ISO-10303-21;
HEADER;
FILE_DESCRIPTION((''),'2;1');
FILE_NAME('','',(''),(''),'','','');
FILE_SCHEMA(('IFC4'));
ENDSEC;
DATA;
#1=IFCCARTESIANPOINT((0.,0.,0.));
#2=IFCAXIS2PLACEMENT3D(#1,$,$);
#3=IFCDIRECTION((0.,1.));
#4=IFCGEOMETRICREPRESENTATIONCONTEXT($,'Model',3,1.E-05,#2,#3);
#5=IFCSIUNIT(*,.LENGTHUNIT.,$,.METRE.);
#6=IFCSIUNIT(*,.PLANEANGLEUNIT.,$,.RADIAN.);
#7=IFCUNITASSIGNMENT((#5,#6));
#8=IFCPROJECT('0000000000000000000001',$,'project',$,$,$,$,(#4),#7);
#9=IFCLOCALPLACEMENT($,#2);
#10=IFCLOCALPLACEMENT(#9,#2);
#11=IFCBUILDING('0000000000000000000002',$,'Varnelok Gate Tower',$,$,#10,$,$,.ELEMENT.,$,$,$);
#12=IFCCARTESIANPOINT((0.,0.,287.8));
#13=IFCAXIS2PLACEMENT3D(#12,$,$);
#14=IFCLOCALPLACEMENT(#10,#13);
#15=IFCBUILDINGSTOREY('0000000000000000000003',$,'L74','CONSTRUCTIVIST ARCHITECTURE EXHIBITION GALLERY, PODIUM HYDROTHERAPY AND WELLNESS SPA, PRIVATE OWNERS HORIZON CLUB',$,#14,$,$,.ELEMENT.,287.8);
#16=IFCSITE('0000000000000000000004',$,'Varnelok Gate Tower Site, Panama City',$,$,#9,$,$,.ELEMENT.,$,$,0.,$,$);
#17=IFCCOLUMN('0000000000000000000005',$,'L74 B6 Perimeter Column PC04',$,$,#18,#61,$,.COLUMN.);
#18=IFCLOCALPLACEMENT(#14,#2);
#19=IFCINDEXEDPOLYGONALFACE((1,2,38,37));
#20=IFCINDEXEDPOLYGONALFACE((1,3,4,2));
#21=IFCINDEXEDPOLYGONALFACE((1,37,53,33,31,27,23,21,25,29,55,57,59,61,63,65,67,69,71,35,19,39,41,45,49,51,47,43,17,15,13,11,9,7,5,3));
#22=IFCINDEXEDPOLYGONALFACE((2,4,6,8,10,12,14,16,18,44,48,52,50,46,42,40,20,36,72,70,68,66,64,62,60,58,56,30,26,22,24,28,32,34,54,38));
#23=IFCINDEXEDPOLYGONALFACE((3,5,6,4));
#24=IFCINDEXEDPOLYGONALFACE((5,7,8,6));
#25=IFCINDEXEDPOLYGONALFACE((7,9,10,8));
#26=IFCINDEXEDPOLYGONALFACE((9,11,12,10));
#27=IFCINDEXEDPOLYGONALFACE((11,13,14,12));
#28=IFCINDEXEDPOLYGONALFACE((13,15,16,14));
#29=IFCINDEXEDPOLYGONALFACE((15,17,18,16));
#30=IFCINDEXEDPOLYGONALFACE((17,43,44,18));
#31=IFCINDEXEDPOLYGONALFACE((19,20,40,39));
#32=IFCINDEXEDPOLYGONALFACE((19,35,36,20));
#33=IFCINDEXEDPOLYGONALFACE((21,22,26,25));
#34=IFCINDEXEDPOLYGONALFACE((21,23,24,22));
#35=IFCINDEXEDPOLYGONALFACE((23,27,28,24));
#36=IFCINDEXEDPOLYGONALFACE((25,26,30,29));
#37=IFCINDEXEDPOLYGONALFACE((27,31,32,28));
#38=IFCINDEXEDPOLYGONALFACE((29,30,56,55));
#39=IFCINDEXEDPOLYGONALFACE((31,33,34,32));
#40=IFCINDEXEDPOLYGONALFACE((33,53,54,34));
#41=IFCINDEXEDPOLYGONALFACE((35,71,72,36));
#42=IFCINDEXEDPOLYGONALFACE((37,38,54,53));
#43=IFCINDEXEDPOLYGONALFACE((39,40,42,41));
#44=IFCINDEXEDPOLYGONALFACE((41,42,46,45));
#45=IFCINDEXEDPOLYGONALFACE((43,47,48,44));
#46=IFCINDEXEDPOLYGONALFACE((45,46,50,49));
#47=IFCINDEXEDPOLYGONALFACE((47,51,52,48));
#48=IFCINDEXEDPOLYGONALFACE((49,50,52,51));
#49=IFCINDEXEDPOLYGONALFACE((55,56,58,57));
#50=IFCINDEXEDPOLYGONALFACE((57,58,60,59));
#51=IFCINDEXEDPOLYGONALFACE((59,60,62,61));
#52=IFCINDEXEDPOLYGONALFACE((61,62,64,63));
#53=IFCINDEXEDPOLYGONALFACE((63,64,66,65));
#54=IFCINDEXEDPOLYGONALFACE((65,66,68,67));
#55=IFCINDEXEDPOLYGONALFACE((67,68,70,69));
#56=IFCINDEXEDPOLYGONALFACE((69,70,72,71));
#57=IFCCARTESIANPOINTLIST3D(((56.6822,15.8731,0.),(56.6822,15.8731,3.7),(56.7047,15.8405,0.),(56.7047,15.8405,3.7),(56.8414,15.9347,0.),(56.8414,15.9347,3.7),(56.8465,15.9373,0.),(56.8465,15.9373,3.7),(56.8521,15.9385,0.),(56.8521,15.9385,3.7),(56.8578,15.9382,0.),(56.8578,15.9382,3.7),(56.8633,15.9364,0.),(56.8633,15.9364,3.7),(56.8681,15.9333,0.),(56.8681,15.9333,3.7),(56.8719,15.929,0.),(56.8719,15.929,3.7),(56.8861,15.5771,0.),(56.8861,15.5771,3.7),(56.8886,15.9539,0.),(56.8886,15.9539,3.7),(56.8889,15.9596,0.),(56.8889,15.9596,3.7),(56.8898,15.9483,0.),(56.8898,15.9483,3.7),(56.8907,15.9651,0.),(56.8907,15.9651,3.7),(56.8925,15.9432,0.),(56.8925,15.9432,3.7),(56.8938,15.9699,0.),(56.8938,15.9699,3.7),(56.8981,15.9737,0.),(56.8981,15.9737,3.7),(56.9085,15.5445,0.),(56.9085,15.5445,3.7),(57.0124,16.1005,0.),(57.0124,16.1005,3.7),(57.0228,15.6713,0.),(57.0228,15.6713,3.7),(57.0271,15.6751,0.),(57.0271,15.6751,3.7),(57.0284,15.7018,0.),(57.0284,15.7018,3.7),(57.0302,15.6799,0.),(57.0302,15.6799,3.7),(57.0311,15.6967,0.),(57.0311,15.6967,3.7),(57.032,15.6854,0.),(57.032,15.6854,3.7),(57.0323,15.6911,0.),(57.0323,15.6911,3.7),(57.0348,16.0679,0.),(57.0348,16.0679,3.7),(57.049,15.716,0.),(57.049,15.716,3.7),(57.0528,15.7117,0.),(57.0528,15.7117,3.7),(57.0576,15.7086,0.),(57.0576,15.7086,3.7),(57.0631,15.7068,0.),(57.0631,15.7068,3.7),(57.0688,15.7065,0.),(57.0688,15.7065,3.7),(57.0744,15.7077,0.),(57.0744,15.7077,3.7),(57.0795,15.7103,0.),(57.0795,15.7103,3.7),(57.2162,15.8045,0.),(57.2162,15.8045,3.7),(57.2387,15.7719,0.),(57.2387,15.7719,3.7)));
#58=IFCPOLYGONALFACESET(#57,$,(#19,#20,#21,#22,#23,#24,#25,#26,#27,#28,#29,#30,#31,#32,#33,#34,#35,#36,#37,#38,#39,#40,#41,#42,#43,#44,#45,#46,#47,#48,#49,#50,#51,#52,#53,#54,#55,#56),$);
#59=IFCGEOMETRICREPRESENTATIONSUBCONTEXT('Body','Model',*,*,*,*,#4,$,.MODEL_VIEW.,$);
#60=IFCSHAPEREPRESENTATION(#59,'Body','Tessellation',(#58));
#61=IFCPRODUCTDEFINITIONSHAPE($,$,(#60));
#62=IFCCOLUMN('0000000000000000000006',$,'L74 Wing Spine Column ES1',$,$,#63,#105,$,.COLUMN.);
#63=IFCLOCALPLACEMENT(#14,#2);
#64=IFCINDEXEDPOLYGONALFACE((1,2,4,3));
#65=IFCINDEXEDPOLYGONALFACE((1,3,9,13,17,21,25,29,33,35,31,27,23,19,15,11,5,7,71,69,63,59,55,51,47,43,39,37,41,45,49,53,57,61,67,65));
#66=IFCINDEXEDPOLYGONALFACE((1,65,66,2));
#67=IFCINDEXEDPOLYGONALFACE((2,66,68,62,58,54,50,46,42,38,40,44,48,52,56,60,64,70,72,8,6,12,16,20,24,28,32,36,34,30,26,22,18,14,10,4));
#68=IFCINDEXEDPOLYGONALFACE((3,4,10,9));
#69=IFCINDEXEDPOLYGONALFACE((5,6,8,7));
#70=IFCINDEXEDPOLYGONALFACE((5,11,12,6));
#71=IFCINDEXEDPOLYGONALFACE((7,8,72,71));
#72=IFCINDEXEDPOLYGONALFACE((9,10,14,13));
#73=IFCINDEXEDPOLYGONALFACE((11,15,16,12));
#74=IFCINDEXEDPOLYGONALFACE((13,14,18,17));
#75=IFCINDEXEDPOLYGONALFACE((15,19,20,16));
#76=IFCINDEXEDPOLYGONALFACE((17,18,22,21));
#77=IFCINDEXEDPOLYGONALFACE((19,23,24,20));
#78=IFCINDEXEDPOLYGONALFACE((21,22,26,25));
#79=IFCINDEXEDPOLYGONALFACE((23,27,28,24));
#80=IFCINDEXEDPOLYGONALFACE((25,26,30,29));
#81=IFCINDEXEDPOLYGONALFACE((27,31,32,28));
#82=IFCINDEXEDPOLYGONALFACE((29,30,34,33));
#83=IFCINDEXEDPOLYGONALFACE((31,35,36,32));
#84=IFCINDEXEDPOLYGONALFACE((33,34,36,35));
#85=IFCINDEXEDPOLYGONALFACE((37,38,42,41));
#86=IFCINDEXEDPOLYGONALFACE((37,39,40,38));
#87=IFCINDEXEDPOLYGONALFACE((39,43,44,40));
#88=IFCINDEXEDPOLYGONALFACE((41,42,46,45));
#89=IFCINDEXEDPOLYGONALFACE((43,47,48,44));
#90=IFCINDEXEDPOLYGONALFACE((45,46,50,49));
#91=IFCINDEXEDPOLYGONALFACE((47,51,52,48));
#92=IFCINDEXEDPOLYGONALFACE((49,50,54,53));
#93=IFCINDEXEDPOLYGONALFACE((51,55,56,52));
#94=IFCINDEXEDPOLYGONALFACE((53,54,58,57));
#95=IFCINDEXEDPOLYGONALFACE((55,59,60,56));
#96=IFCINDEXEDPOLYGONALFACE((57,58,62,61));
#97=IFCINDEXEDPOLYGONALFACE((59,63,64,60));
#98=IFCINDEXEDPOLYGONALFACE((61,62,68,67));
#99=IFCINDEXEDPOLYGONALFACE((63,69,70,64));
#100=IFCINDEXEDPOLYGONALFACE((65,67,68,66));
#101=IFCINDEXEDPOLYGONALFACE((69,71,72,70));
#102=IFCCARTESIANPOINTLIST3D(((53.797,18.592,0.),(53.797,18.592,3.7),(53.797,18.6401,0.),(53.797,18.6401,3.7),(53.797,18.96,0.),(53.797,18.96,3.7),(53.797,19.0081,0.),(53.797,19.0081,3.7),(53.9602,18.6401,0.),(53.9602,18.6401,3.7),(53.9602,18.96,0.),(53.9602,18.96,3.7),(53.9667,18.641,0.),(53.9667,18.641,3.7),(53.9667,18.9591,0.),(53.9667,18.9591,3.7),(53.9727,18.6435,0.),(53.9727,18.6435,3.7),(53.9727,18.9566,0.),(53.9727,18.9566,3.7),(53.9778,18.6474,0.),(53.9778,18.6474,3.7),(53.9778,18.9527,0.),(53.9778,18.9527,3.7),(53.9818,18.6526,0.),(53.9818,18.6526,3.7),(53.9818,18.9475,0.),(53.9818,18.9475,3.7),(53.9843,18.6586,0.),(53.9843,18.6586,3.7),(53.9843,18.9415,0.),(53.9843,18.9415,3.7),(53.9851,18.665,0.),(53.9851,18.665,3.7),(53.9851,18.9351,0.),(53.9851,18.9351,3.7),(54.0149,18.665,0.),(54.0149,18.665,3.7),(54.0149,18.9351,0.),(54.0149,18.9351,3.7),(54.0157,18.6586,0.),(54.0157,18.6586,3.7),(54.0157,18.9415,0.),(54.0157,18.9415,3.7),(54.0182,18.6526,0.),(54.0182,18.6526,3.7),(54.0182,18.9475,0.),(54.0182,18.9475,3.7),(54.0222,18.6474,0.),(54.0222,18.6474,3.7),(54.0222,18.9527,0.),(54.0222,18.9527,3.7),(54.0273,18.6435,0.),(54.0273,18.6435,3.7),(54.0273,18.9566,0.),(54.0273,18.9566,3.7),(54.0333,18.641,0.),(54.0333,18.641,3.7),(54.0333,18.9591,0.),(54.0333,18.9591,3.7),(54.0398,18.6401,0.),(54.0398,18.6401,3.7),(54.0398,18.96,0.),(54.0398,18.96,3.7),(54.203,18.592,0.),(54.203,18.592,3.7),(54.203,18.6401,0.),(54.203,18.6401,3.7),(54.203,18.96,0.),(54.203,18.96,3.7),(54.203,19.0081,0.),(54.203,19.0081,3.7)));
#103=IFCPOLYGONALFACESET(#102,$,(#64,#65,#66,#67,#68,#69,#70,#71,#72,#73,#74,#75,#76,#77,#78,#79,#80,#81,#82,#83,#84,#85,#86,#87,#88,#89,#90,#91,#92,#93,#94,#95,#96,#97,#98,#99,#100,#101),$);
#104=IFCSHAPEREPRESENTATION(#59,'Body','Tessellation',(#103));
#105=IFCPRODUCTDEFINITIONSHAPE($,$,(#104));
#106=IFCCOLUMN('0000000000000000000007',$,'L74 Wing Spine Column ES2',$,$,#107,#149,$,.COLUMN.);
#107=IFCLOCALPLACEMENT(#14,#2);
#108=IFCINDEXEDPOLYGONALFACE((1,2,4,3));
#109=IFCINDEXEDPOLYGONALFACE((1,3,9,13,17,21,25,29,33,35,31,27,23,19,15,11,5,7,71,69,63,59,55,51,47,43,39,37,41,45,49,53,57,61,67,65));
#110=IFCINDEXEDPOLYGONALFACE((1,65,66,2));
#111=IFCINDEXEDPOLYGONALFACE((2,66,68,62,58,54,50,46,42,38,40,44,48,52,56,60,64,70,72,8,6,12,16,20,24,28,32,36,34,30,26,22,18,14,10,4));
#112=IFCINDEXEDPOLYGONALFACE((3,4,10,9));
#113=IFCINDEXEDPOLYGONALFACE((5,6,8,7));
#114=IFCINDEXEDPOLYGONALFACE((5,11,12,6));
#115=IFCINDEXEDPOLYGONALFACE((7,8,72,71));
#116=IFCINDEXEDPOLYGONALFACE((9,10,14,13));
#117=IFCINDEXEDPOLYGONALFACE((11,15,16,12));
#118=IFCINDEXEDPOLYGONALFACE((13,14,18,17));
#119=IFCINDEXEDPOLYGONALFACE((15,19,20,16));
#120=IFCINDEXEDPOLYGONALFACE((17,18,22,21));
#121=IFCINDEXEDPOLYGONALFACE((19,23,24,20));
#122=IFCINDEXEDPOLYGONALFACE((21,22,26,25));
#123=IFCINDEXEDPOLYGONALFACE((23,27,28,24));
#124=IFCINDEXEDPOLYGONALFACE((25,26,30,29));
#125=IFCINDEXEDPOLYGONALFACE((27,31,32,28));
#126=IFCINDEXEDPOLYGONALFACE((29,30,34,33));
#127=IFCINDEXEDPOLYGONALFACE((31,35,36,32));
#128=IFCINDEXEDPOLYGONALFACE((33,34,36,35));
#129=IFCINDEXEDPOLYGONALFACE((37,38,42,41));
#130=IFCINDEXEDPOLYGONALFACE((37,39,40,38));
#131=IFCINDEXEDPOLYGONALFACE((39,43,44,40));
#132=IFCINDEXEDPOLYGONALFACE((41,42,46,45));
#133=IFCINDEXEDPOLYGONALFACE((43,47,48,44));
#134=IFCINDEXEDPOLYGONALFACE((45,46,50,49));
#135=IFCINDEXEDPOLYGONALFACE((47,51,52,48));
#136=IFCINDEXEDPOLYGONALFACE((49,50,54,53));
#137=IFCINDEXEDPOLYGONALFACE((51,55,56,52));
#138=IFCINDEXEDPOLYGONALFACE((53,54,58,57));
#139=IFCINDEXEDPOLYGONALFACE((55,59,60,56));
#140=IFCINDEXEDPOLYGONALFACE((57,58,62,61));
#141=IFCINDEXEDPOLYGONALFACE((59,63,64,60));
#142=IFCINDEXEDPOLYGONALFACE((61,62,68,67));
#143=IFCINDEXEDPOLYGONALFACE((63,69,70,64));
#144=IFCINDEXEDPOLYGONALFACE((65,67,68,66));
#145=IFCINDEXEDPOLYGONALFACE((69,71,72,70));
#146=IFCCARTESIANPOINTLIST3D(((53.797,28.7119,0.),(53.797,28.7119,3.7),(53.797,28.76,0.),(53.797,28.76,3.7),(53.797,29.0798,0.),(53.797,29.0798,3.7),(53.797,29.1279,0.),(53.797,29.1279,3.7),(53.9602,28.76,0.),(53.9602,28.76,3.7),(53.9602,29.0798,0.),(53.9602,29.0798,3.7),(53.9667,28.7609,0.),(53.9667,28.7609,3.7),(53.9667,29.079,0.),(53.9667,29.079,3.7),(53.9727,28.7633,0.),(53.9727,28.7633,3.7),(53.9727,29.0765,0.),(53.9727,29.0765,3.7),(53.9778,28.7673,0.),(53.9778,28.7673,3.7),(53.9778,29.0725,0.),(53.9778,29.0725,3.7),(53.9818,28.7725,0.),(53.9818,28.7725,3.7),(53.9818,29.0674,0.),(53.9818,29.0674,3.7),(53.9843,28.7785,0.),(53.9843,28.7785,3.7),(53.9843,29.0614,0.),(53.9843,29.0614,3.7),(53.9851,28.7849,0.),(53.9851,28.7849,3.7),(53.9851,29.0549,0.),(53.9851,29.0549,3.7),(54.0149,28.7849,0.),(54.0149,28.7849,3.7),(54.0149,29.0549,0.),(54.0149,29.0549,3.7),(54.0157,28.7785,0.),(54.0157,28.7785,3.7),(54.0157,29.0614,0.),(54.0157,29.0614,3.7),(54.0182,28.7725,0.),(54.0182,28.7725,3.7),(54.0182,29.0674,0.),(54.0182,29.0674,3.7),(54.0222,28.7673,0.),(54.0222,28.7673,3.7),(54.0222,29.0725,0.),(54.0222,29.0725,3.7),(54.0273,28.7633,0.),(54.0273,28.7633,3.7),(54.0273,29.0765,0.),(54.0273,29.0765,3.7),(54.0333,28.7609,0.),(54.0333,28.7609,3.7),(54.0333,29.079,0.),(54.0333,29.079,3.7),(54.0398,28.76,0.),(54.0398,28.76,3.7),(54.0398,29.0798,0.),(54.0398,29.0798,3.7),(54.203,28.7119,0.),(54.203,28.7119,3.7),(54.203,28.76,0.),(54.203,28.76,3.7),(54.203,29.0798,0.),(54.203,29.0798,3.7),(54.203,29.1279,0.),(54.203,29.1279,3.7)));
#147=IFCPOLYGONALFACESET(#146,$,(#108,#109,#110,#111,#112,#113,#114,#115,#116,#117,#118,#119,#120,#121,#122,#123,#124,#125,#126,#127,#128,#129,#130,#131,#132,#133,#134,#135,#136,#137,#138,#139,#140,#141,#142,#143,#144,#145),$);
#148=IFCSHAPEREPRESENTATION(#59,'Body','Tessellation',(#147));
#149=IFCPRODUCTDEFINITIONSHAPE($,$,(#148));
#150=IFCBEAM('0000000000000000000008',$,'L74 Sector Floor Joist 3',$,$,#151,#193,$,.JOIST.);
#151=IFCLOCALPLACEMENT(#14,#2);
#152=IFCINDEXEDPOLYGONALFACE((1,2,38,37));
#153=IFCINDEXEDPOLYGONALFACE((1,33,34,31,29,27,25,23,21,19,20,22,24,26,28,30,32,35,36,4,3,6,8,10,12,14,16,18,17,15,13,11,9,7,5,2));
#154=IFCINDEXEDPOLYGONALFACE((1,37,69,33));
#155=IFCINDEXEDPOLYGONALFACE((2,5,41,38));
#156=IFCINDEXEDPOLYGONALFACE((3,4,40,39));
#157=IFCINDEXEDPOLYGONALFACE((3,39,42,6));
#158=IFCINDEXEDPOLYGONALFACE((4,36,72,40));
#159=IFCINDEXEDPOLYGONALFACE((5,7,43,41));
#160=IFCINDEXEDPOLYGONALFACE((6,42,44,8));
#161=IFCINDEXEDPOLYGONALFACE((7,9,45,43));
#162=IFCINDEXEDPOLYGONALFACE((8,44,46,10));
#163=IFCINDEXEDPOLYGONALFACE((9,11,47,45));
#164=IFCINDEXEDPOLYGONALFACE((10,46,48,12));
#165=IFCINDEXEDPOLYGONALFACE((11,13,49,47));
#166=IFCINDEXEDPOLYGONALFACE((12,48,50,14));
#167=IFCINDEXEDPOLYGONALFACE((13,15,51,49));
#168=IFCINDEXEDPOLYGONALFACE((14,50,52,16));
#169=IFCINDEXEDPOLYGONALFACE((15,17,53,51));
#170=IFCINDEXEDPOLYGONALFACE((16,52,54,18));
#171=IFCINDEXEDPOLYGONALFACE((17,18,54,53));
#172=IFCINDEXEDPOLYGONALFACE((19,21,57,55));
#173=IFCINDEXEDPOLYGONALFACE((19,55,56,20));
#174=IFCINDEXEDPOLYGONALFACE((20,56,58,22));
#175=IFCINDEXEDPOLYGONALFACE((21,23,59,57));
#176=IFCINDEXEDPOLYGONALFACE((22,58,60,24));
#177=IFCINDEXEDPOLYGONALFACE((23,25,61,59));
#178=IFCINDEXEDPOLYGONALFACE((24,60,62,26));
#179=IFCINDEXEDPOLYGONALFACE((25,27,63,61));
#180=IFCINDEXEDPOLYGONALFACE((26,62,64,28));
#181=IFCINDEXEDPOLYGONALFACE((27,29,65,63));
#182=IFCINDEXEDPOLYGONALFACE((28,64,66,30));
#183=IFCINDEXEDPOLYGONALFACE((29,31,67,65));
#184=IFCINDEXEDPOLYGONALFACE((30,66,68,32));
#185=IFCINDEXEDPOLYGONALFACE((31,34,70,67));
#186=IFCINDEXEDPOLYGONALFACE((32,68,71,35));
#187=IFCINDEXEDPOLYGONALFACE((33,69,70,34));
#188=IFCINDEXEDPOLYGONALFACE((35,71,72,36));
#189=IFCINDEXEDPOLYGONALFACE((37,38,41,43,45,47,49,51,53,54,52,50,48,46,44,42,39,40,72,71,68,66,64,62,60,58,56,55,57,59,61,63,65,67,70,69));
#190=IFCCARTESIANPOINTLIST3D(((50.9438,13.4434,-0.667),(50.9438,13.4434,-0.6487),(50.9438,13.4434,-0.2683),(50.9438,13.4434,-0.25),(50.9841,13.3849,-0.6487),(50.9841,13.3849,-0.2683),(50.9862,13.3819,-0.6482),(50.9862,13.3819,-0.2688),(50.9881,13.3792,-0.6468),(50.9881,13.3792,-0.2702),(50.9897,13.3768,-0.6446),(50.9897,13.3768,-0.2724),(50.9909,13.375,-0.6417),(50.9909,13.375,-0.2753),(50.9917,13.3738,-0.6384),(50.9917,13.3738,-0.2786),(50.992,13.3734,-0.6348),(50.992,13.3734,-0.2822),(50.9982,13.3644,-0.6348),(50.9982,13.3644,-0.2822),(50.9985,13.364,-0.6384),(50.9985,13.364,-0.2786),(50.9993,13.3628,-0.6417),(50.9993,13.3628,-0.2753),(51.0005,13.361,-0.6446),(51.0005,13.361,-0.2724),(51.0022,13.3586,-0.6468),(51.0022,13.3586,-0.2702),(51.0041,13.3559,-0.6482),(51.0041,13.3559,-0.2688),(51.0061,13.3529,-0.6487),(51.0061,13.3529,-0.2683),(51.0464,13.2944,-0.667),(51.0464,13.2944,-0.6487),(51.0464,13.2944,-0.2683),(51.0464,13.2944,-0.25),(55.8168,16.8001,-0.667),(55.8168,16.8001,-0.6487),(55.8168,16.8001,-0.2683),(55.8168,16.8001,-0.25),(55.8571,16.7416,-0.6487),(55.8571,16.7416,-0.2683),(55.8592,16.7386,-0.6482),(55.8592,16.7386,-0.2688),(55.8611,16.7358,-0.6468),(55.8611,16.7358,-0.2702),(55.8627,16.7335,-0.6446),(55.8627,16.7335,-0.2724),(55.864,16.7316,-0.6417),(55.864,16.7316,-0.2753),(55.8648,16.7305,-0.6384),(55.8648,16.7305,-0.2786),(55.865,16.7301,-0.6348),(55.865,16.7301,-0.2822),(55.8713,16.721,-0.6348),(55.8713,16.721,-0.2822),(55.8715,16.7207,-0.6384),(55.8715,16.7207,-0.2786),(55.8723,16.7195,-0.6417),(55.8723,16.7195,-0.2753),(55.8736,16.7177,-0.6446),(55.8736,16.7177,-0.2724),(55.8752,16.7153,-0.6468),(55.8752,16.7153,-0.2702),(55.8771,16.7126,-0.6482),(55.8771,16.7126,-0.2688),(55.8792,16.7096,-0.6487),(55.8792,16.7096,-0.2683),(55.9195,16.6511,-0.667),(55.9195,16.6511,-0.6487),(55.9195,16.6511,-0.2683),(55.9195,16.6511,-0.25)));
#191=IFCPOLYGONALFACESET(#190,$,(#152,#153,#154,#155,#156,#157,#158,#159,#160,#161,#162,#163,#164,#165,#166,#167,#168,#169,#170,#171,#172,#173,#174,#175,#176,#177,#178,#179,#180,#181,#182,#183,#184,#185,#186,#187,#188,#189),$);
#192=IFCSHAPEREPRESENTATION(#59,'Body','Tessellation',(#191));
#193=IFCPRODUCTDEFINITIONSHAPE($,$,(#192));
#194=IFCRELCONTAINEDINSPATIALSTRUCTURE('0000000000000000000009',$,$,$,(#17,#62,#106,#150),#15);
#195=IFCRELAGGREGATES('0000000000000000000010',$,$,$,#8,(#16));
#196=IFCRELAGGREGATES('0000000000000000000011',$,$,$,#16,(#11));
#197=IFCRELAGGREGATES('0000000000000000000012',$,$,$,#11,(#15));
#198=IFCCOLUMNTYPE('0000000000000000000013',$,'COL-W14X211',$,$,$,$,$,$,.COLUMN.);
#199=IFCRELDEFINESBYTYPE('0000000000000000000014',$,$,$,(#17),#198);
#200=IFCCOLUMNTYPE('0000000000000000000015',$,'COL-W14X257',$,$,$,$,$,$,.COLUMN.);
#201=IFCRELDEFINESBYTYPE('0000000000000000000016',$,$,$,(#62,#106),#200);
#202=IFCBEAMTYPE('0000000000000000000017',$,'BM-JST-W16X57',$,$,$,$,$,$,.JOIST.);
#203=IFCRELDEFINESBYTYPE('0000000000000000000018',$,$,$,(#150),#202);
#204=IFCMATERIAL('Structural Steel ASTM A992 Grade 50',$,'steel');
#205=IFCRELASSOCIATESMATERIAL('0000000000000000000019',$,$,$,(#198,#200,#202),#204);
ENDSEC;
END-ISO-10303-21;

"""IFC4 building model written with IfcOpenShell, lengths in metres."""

from ifc_helpers import new_model, si_unit, direction, frame, origin, origin_2d, place, context, subcontext, project, spatial, i_section, extrude, material, material_profile, profile_set, type_object, element, save


model = new_model("IFC4")

# Units and contexts
model_context = context("Model", 3, precision=1e-05, world=origin(), true_north=direction((0.0, 1.0)))
body_context = subcontext(model_context, "Body", "Model", "MODEL_VIEW")
ifc_project = project(units=[si_unit("LENGTHUNIT", "METRE"), si_unit("PLANEANGLEUNIT", "RADIAN")], contexts=[model_context])

# Site, building, storey
site_placement = place(None, origin())
site = spatial("IfcSite", under=ifc_project, at=site_placement, Name="Varnelok Gate Tower Site, Panama City", CompositionType="ELEMENT", RefElevation=0.0)
building_placement = place(site_placement, origin())
building = spatial("IfcBuilding", under=site, at=building_placement, Name="Varnelok Gate Tower", CompositionType="ELEMENT")
storey_placement = place(building_placement, frame((0.0, 0.0, 287.8)))
storey = spatial("IfcBuildingStorey", under=building, at=storey_placement, Name="L74", Description="CONSTRUCTIVIST ARCHITECTURE EXHIBITION GALLERY, PODIUM HYDROTHERAPY AND WELLNESS SPA, PRIVATE OWNERS HORIZON CLUB", CompositionType="ELEMENT", Elevation=287.8)

# Columns
ifc_material_1 = material(Name="Structural Steel ASTM A992 Grade 50", Category="steel")
ifc_material_profile_1 = material_profile(ifc_material_1, i_section(OverallWidth=0.4009, OverallDepth=0.3989, WebThickness=0.0249, FlangeThickness=0.0396, FilletRadius=0.022, at=origin_2d()), Name="W14X211")
ifc_profile_set_1 = profile_set([ifc_material_profile_1], Name="Structural Steel ASTM A992 Grade 50")
column_type_1 = type_object("IfcColumnType", Name="COL-W14X211", PredefinedType="COLUMN", material=ifc_profile_set_1)
column_placement = place(storey_placement, frame((56.9604, 15.8225, 0.0), z_axis=(0.0, 0.0, 1.0), x_axis=(0.823533, 0.567269, 0.0)))
element("IfcColumn", 1, at=column_placement, inside=storey, type_object=column_type_1, Name="L74 B6 Perimeter Column PC04", PredefinedType="COLUMN", context=body_context, shape_type="SweptSolid", body=[
    extrude(i_section(OverallWidth=0.4009, OverallDepth=0.3989, WebThickness=0.0249, FlangeThickness=0.0396, FilletRadius=0.022, at=origin_2d()), origin(), (0.0, 0.0, 1.0), 3.7),
])
ifc_material_profile_2 = material_profile(ifc_material_1, i_section(OverallWidth=0.406, OverallDepth=0.416, WebThickness=0.0298, FlangeThickness=0.0481, FilletRadius=0.0249, at=origin_2d()), Name="W14X257")
ifc_profile_set_2 = profile_set([ifc_material_profile_2], Name="Structural Steel ASTM A992 Grade 50")
column_type_2 = type_object("IfcColumnType", Name="COL-W14X257", PredefinedType="COLUMN", material=ifc_profile_set_2)
for number, where, z_axis, x_axis, name in (
    (2, (54.0, 18.8, 0.0), (0.0, 0.0, 1.0), (1.0, 0.0, 0.0), "L74 Wing Spine Column ES1"),
    (3, (54.0, 28.9199, 0.0), (0.0, 0.0, 1.0), (1.0, 0.0, 0.0), "L74 Wing Spine Column ES2"),
):
    element("IfcColumn", number, at=place(storey_placement, frame(where, z_axis=z_axis, x_axis=x_axis)), inside=storey, type_object=column_type_2, Name=name, PredefinedType="COLUMN", context=body_context, shape_type="SweptSolid", body=[
        extrude(i_section(OverallWidth=0.406, OverallDepth=0.416, WebThickness=0.0298, FlangeThickness=0.0481, FilletRadius=0.0249, at=origin_2d()), origin(), (0.0, 0.0, 1.0), 3.7),
    ])

# Beam
ifc_material_profile_3 = material_profile(ifc_material_1, i_section(OverallWidth=0.1809, OverallDepth=0.417, WebThickness=0.011, FlangeThickness=0.0183, FilletRadius=0.0139, at=origin_2d()), Name="W16X57")
ifc_profile_set_3 = profile_set([ifc_material_profile_3], Name="Structural Steel ASTM A992 Grade 50")
beam_type_1 = type_object("IfcBeamType", Name="BM-JST-W16X57", PredefinedType="JOIST", material=ifc_profile_set_3)
for number, where, z_axis, x_axis, name in (
    (4, (50.9951, 13.3689, -0.4585), (0.823531, 0.567271, 0.0), (-0.567271, 0.823531, 0.0), "L74 Sector Floor Joist 3"),
):
    element("IfcBeam", number, at=place(storey_placement, frame(where, z_axis=z_axis, x_axis=x_axis)), inside=storey, type_object=beam_type_1, Name=name, PredefinedType="JOIST", context=body_context, shape_type="SweptSolid", body=[
        extrude(i_section(OverallWidth=0.1809, OverallDepth=0.417, WebThickness=0.011, FlangeThickness=0.0183, FilletRadius=0.0139, at=origin_2d()), origin(), (0.0, 0.0, 1.0), 5.9172),
    ])

save(model, "model.ifc")
